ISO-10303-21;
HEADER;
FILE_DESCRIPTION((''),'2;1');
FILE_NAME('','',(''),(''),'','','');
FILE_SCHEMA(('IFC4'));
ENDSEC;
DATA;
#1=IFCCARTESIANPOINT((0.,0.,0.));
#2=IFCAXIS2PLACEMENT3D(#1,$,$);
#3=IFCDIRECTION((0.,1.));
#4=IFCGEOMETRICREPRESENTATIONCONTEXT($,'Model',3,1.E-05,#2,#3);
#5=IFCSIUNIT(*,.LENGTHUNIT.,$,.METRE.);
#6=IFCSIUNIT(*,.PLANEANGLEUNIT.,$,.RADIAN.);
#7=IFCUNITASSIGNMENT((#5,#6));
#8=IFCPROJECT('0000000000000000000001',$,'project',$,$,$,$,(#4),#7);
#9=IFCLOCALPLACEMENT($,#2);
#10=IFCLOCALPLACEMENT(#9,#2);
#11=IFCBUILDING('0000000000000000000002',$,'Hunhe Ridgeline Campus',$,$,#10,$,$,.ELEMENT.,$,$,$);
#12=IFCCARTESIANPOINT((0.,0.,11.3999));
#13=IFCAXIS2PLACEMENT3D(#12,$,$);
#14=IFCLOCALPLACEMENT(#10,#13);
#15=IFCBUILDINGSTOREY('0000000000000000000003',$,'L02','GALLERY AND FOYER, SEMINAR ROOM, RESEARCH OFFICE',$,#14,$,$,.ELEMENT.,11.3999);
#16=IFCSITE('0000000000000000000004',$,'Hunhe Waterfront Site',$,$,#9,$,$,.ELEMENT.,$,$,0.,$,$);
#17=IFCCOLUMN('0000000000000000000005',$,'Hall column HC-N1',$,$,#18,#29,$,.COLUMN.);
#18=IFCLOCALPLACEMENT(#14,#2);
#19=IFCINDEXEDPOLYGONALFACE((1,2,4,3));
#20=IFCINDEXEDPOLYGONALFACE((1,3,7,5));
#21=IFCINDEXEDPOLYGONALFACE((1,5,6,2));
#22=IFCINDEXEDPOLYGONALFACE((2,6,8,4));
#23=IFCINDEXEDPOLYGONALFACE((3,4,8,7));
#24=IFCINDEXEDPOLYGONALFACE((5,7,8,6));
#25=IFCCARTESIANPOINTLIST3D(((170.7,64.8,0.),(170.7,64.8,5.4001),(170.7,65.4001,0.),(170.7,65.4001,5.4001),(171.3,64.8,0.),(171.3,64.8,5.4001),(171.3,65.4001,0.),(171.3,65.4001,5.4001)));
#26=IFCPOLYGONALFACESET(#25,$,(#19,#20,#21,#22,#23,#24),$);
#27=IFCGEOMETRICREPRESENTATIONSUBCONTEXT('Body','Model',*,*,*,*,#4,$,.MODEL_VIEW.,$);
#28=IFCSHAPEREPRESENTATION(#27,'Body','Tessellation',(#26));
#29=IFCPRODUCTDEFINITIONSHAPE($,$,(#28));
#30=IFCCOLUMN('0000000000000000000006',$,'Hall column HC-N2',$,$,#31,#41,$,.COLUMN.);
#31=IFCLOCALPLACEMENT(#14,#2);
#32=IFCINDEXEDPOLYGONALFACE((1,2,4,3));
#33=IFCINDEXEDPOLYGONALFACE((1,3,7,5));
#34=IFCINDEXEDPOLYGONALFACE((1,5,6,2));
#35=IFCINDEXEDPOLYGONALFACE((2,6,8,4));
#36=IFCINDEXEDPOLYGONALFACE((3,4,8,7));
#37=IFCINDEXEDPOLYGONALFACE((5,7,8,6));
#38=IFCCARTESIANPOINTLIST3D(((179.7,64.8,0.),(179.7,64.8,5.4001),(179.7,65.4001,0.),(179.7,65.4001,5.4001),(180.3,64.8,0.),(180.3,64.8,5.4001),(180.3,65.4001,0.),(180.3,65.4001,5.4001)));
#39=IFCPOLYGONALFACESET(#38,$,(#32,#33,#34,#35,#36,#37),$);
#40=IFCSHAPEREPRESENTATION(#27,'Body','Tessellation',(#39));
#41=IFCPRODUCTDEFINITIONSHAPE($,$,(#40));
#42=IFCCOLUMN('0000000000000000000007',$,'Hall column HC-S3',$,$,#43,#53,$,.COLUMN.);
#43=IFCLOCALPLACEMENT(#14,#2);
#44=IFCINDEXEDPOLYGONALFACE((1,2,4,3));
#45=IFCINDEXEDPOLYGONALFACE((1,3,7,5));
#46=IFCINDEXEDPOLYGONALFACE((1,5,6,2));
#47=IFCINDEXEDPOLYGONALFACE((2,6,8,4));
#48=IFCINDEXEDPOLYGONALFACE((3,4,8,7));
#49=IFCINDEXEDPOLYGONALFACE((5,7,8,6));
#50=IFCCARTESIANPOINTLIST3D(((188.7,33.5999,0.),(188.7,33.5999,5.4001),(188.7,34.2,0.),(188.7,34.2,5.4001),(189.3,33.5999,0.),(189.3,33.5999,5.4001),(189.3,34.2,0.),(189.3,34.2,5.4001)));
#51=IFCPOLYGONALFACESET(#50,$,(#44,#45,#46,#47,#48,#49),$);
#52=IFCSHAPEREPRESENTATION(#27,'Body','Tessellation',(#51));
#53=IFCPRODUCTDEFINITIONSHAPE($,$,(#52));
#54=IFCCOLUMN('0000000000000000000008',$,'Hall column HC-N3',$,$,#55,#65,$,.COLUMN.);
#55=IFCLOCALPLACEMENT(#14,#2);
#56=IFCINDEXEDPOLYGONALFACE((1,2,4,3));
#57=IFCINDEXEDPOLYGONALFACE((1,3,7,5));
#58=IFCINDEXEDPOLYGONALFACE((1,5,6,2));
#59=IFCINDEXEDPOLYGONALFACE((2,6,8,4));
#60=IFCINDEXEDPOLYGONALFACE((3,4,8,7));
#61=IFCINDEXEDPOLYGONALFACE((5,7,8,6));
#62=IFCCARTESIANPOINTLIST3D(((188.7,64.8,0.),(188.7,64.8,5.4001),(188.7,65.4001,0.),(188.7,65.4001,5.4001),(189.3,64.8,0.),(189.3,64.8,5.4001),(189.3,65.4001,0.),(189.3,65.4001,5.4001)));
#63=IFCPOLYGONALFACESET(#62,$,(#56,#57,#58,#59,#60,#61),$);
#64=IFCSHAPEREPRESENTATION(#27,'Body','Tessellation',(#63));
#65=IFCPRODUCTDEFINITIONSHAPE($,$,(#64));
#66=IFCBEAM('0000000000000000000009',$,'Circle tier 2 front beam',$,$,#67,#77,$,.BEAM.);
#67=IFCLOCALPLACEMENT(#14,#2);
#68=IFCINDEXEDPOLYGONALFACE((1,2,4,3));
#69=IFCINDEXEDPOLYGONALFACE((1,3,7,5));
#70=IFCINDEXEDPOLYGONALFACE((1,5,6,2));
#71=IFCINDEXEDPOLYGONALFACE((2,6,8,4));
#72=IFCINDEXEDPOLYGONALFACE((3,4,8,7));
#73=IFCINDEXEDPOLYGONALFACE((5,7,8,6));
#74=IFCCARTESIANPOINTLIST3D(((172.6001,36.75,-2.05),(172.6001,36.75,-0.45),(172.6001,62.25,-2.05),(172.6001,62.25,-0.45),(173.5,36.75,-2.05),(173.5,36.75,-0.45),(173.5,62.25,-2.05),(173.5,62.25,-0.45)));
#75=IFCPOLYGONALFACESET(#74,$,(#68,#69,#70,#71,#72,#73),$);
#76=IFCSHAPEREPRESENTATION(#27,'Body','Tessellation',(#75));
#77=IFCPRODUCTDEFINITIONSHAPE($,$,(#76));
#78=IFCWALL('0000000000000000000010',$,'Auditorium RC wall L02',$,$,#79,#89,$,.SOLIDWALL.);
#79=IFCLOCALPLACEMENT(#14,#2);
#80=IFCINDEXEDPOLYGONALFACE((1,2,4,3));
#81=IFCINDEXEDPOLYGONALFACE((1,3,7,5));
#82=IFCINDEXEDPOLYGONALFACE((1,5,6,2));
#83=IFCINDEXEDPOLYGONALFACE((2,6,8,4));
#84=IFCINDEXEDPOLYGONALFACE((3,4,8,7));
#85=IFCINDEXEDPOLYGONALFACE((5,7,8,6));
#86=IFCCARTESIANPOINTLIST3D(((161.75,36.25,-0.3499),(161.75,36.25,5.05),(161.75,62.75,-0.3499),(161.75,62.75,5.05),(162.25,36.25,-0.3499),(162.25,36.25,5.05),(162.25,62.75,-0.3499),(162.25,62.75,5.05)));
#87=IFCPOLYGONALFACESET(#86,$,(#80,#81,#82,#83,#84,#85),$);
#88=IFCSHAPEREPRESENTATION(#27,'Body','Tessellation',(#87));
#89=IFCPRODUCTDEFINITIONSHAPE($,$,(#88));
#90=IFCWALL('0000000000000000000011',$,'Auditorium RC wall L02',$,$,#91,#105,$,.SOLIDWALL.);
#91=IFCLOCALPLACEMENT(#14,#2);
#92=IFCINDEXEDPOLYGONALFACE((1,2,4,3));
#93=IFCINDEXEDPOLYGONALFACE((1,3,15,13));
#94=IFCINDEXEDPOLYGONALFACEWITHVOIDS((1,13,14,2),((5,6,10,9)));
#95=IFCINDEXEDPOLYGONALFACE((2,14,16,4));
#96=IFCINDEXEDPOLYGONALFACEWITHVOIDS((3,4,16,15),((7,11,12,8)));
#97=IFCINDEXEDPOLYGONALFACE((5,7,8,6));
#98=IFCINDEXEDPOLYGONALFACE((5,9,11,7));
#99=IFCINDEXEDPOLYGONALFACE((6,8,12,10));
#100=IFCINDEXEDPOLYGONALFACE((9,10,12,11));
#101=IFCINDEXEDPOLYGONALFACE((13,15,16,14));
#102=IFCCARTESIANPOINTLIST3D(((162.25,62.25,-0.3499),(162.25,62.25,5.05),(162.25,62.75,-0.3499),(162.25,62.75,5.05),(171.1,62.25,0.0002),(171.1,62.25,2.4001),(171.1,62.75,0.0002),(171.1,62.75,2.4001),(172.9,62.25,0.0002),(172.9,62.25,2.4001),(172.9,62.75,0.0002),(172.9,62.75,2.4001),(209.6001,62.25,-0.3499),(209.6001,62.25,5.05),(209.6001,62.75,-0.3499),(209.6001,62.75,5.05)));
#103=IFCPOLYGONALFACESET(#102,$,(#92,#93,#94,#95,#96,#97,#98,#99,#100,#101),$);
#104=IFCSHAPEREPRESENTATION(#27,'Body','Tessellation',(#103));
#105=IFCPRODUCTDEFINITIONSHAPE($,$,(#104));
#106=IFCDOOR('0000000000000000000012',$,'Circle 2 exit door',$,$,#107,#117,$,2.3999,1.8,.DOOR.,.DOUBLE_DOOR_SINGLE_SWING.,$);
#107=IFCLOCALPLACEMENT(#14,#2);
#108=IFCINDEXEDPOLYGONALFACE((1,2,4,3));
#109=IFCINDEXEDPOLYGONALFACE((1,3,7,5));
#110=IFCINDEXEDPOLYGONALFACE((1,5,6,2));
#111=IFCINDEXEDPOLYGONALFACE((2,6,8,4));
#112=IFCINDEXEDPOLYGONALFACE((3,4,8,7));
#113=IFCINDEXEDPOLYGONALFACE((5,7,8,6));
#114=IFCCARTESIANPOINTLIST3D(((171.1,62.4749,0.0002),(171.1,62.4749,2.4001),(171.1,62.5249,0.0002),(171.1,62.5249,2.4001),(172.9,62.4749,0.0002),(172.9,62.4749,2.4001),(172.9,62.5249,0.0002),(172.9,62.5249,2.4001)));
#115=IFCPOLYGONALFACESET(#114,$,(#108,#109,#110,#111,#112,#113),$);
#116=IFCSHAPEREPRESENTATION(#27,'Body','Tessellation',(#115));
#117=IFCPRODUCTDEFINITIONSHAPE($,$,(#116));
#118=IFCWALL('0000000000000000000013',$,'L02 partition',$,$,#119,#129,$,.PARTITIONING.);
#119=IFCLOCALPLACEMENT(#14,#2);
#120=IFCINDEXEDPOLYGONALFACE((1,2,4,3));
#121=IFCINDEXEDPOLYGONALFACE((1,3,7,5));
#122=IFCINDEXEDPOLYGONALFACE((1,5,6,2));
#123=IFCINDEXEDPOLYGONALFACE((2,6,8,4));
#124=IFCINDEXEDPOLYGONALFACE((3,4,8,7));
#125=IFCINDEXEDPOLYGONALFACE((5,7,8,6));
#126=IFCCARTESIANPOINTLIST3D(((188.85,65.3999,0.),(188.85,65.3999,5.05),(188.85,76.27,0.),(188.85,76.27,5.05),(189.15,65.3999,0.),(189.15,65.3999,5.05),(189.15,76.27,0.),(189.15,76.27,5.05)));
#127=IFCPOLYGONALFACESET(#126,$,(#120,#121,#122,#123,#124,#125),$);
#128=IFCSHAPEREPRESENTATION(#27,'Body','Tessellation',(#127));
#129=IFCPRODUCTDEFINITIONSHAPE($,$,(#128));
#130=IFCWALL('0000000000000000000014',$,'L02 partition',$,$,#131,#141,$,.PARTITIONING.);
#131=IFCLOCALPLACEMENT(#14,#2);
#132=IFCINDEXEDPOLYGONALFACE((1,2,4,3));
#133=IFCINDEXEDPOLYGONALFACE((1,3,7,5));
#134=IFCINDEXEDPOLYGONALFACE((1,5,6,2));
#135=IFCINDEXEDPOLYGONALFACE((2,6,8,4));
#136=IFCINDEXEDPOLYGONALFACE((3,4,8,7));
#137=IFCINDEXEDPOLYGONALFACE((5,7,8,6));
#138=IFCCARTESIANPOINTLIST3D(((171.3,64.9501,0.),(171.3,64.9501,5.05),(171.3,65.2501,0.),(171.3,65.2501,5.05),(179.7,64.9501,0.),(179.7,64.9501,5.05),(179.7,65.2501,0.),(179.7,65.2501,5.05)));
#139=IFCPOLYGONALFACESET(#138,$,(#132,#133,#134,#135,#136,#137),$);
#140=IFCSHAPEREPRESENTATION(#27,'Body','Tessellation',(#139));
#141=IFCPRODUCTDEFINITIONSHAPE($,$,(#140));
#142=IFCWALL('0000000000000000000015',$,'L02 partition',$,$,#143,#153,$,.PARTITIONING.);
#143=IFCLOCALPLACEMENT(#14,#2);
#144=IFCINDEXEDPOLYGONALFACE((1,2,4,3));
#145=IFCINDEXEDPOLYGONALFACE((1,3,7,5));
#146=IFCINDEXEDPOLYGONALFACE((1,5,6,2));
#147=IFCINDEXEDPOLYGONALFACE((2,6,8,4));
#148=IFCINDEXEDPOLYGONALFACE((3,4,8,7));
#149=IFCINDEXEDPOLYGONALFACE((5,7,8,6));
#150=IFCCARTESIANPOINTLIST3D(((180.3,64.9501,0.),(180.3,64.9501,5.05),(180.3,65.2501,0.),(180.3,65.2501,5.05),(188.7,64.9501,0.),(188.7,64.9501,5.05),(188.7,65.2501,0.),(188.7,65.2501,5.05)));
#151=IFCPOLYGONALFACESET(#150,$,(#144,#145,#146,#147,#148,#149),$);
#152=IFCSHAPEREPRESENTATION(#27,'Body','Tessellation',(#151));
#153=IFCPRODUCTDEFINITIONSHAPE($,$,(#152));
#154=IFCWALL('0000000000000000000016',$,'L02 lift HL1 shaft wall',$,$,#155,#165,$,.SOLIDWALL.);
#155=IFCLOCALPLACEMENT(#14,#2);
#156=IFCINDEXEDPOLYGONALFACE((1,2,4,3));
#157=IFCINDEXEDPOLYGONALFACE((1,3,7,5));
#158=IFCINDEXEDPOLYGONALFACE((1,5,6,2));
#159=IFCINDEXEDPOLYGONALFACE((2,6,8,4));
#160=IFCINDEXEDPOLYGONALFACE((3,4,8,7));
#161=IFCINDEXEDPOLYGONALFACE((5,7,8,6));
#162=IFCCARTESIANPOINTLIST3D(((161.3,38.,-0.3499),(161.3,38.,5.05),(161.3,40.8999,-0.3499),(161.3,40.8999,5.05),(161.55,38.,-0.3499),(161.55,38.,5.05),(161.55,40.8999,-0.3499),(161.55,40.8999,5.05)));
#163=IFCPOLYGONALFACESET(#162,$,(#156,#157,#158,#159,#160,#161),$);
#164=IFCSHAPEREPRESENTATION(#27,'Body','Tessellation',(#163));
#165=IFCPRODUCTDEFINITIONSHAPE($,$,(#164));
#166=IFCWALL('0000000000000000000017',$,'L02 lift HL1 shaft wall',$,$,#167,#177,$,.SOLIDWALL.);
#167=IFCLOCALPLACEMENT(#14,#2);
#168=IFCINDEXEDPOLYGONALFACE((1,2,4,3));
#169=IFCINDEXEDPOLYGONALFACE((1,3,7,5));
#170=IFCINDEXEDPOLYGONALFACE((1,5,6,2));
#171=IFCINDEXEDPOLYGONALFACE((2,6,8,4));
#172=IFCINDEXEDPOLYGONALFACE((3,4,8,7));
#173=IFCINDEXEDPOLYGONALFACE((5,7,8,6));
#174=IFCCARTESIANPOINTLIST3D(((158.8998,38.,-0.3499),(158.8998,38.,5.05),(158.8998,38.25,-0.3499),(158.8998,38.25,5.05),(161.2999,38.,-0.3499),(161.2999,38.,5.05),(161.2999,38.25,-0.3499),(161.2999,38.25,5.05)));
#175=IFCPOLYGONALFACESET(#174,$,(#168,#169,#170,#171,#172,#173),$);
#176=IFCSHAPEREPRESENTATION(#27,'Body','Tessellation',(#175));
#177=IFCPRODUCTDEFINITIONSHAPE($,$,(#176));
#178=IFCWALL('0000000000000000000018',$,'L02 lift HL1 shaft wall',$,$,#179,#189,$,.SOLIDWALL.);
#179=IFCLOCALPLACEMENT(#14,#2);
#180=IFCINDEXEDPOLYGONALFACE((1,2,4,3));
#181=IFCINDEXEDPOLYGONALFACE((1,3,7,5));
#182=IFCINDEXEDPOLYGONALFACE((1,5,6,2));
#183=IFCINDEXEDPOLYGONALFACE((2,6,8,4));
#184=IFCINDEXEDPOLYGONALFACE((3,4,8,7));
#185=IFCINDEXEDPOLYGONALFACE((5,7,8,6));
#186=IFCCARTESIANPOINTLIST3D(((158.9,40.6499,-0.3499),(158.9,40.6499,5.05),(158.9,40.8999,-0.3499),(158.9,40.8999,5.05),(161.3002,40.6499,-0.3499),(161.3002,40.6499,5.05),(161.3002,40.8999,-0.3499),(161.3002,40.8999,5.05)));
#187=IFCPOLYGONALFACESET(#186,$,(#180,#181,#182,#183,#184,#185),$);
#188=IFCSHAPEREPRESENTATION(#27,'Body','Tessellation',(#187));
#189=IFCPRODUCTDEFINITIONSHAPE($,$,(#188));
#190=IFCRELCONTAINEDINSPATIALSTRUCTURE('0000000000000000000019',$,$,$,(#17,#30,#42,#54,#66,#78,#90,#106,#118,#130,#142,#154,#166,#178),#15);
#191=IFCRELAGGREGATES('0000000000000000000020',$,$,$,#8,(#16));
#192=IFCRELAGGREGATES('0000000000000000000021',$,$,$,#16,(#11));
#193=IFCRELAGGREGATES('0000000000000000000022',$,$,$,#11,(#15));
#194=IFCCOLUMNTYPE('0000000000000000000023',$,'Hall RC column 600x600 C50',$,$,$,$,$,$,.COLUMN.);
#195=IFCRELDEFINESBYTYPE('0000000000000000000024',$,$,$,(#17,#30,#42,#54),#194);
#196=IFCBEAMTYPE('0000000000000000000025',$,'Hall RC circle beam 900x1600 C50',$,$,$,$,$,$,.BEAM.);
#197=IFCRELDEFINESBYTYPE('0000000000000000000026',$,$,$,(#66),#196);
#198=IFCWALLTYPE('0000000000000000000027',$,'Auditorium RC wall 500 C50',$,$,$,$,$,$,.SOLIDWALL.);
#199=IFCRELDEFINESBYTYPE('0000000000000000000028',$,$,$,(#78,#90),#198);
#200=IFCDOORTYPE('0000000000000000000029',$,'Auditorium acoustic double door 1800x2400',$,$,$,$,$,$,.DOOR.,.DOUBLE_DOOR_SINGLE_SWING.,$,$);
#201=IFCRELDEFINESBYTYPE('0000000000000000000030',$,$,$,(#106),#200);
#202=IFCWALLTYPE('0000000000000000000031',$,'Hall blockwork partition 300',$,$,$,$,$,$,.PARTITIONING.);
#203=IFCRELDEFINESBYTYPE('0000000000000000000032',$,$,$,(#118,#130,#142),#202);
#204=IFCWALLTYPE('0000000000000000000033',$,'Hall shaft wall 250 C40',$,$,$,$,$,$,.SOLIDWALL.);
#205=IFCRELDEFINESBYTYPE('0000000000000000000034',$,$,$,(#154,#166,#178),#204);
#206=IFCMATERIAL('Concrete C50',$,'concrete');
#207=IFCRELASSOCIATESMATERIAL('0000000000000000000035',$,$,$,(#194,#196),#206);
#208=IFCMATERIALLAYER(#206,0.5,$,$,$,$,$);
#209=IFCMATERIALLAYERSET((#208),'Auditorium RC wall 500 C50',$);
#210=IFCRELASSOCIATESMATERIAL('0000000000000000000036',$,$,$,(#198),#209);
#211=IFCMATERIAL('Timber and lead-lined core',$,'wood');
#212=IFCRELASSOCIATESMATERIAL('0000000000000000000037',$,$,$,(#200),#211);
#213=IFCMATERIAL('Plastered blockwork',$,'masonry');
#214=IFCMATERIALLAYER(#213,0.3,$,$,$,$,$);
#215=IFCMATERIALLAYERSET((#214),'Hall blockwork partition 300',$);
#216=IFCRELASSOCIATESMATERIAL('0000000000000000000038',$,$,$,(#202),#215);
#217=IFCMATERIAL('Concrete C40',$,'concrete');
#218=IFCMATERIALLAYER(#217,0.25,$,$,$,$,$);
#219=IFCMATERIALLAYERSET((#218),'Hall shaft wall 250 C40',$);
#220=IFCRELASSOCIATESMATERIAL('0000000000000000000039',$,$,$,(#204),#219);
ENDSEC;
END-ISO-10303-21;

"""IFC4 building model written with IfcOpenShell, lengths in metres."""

from ifc_helpers import new_model, si_unit, direction, frame, frame_2d, origin, origin_2d, place, context, subcontext, project, spatial, rectangle, extrude, material, layer, layer_set, material_profile, profile_set, type_object, element, fill, save


model = new_model("IFC4")

# Units and contexts
model_context = context("Model", 3, precision=1e-05, world=origin(), true_north=direction((0.0, 1.0)))
body_context = subcontext(model_context, "Body", "Model", "MODEL_VIEW")
ifc_project = project(units=[si_unit("LENGTHUNIT", "METRE"), si_unit("PLANEANGLEUNIT", "RADIAN")], contexts=[model_context])

# Site, building, storey
site_placement = place(None, origin())
site = spatial("IfcSite", under=ifc_project, at=site_placement, Name="Hunhe Waterfront Site", CompositionType="ELEMENT", RefElevation=0.0)
building_placement = place(site_placement, origin())
building = spatial("IfcBuilding", under=site, at=building_placement, Name="Hunhe Ridgeline Campus", CompositionType="ELEMENT")
storey_placement = place(building_placement, frame((0.0, 0.0, 11.3999)))
storey = spatial("IfcBuildingStorey", under=building, at=storey_placement, Name="L02", Description="GALLERY AND FOYER, SEMINAR ROOM, RESEARCH OFFICE", CompositionType="ELEMENT", Elevation=11.3999)

# Columns
ifc_material_1 = material(Name="Concrete C50", Category="concrete")
ifc_material_profile_1 = material_profile(ifc_material_1, rectangle(XDim=0.6001, YDim=0.6001, at=origin_2d()))
ifc_profile_set_1 = profile_set([ifc_material_profile_1], Name="Concrete C50")
column_type = type_object("IfcColumnType", Name="Hall RC column 600x600 C50", PredefinedType="COLUMN", material=ifc_profile_set_1)
for number, where, z_axis, x_axis, name in (
    (1, (171.0, 65.1001, 0.0), (0.0, 0.0, 1.0), (1.0, 0.0, 0.0), "Hall column HC-N1"),
    (2, (180.0, 65.1001, 0.0), (0.0, 0.0, 1.0), (1.0, 0.0, 0.0), "Hall column HC-N2"),
    (3, (189.0, 33.8999, 0.0), (0.0, 0.0, 1.0), (1.0, 0.0, 0.0), "Hall column HC-S3"),
    (4, (189.0, 65.1001, 0.0), (0.0, 0.0, 1.0), (1.0, 0.0, 0.0), "Hall column HC-N3"),
):
    element("IfcColumn", number, at=place(storey_placement, frame(where, z_axis=z_axis, x_axis=x_axis)), inside=storey, type_object=column_type, Name=name, PredefinedType="COLUMN", context=body_context, shape_type="SweptSolid", body=[
        extrude(rectangle(XDim=0.6001, YDim=0.6001, at=origin_2d()), origin(), (0.0, 0.0, 1.0), 5.4001),
    ])

# Beam
ifc_material_profile_2 = material_profile(ifc_material_1, rectangle(XDim=0.8999, YDim=1.6001, at=origin_2d()))
ifc_profile_set_2 = profile_set([ifc_material_profile_2], Name="Concrete C50")
beam_type = type_object("IfcBeamType", Name="Hall RC circle beam 900x1600 C50", PredefinedType="BEAM", material=ifc_profile_set_2)
beam_placement = place(storey_placement, frame((173.05, 36.75, -1.25), z_axis=(0.0, 1.0, 0.0), x_axis=(-1.0, 0.0, 0.0)))
element("IfcBeam", 5, at=beam_placement, inside=storey, type_object=beam_type, Name="Circle tier 2 front beam", PredefinedType="BEAM", context=body_context, shape_type="SweptSolid", body=[
    extrude(rectangle(XDim=0.8999, YDim=1.6001, at=origin_2d()), origin(), (0.0, 0.0, 1.0), 25.5),
])

# Wall
ifc_layer_1 = layer(ifc_material_1, 0.5)
ifc_layer_set_1 = layer_set([ifc_layer_1], Name="Auditorium RC wall 500 C50")
wall_type_1 = type_object("IfcWallType", Name="Auditorium RC wall 500 C50", PredefinedType="SOLIDWALL", material=ifc_layer_set_1)
wall_1_placement = place(storey_placement, frame((162.0, 36.25, -0.3499), z_axis=(0.0, 0.0, 1.0), x_axis=(0.0, 1.0, 0.0)))
element("IfcWall", 6, at=wall_1_placement, inside=storey, type_object=wall_type_1, Name="Auditorium RC wall L02", PredefinedType="SOLIDWALL", context=body_context, shape_type="SweptSolid", body=[
    extrude(rectangle(XDim=26.5, YDim=0.5, at=frame_2d((13.25, 0.0))), origin(), (0.0, 0.0, 1.0), 5.3999),
])

# Wall, opening, door
wall_2_placement = place(storey_placement, frame((162.25, 62.5, -0.3499), z_axis=(0.0, 0.0, 1.0), x_axis=(1.0, 0.0, 0.0)))
wall_2 = element("IfcWall", 7, at=wall_2_placement, inside=storey, type_object=wall_type_1, Name="Auditorium RC wall L02", PredefinedType="SOLIDWALL", context=body_context, shape_type="SweptSolid", body=[
    extrude(rectangle(XDim=47.3501, YDim=0.5, at=frame_2d((23.675, 0.0))), origin(), (0.0, 0.0, 1.0), 5.3999),
])
opening_1_placement = place(wall_2_placement, frame((8.8501, 0.0, 0.3501)))
opening_1 = element("IfcOpeningElement", 8, at=opening_1_placement, cuts=wall_2, PredefinedType="OPENING", context=body_context, shape_type="SweptSolid", body=[
    extrude(rectangle(XDim=1.8, YDim=2.3999, at=frame_2d((0.8999, 1.2))), frame((0.0, 0.25, 0.0), z_axis=(0.0, -1.0, 0.0), x_axis=(1.0, 0.0, 0.0)), (0.0, 0.0, 1.0), 0.5),
])
ifc_material_2 = material(Name="Timber and lead-lined core", Category="wood")
door_type_1 = type_object("IfcDoorType", Name="Auditorium acoustic double door 1800x2400", OperationType="DOUBLE_DOOR_SINGLE_SWING", PredefinedType="DOOR", material=ifc_material_2)
door_1_placement = place(opening_1_placement, origin())
door_1 = element("IfcDoor", 9, at=door_1_placement, inside=storey, type_object=door_type_1, Name="Circle 2 exit door", OperationType="DOUBLE_DOOR_SINGLE_SWING", OverallHeight=2.3999, OverallWidth=1.8, PredefinedType="DOOR", context=body_context, shape_type="SweptSolid", body=[
    extrude(rectangle(XDim=1.8, YDim=2.3999, at=frame_2d((0.8999, 1.2))), frame((0.0, 0.0249, 0.0), z_axis=(0.0, -1.0, 0.0), x_axis=(1.0, 0.0, 0.0)), (0.0, 0.0, 1.0), 0.05),
])
fill(opening_1, door_1)
ifc_material_3 = material(Name="Plastered blockwork", Category="masonry")
ifc_layer_2 = layer(ifc_material_3, 0.3)
ifc_layer_set_2 = layer_set([ifc_layer_2], Name="Hall blockwork partition 300")
wall_type_2 = type_object("IfcWallType", Name="Hall blockwork partition 300", PredefinedType="PARTITIONING", material=ifc_layer_set_2)

# Wall
wall_3_placement = place(storey_placement, frame((189.0, 65.3999, 0.0), z_axis=(0.0, 0.0, 1.0), x_axis=(0.0, 1.0, 0.0)))
element("IfcWall", 10, at=wall_3_placement, inside=storey, type_object=wall_type_2, Name="L02 partition", PredefinedType="PARTITIONING", context=body_context, shape_type="SweptSolid", body=[
    extrude(rectangle(XDim=10.8701, YDim=0.3, at=frame_2d((5.4351, 0.0))), origin(), (0.0, 0.0, 1.0), 5.05),
])

# Walls
for number, where, z_axis, x_axis, name in (
    (11, (179.7, 65.1001, 0.0), (0.0, 0.0, 1.0), (-1.0, 0.0, 0.0), "L02 partition"),
    (12, (188.7, 65.1001, 0.0), (0.0, 0.0, 1.0), (-1.0, 0.0, 0.0), "L02 partition"),
):
    element("IfcWall", number, at=place(storey_placement, frame(where, z_axis=z_axis, x_axis=x_axis)), inside=storey, type_object=wall_type_2, Name=name, PredefinedType="PARTITIONING", context=body_context, shape_type="SweptSolid", body=[
        extrude(rectangle(XDim=8.3999, YDim=0.3, at=frame_2d((4.2, 0.0))), origin(), (0.0, 0.0, 1.0), 5.05),
    ])
ifc_material_4 = material(Name="Concrete C40", Category="concrete")
ifc_layer_3 = layer(ifc_material_4, 0.25)
ifc_layer_set_3 = layer_set([ifc_layer_3], Name="Hall shaft wall 250 C40")
wall_type_3 = type_object("IfcWallType", Name="Hall shaft wall 250 C40", PredefinedType="SOLIDWALL", material=ifc_layer_set_3)
wall_4_placement = place(storey_placement, frame((161.425, 40.8999, -0.3499), z_axis=(0.0, 0.0, 1.0), x_axis=(0.0, -1.0, 0.0)))
element("IfcWall", 13, at=wall_4_placement, inside=storey, type_object=wall_type_3, Name="L02 lift HL1 shaft wall", PredefinedType="SOLIDWALL", context=body_context, shape_type="SweptSolid", body=[
    extrude(rectangle(XDim=2.8999, YDim=0.25, at=frame_2d((1.45, 0.0))), origin(), (0.0, 0.0, 1.0), 5.3999),
])
for number, where, z_axis, x_axis, name in (
    (14, (161.3, 38.125, -0.3499), (0.0, 0.0, 1.0), (-1.0, 0.0, 0.0), "L02 lift HL1 shaft wall"),
    (15, (158.8999, 40.7749, -0.3499), (0.0, 0.0, 1.0), (1.0, 0.0, 0.0), "L02 lift HL1 shaft wall"),
):
    element("IfcWall", number, at=place(storey_placement, frame(where, z_axis=z_axis, x_axis=x_axis)), inside=storey, type_object=wall_type_3, Name=name, PredefinedType="SOLIDWALL", context=body_context, shape_type="SweptSolid", body=[
        extrude(rectangle(XDim=2.4001, YDim=0.25, at=frame_2d((1.2002, 0.0))), origin(), (0.0, 0.0, 1.0), 5.3999),
    ])

save(model, "model.ifc")
